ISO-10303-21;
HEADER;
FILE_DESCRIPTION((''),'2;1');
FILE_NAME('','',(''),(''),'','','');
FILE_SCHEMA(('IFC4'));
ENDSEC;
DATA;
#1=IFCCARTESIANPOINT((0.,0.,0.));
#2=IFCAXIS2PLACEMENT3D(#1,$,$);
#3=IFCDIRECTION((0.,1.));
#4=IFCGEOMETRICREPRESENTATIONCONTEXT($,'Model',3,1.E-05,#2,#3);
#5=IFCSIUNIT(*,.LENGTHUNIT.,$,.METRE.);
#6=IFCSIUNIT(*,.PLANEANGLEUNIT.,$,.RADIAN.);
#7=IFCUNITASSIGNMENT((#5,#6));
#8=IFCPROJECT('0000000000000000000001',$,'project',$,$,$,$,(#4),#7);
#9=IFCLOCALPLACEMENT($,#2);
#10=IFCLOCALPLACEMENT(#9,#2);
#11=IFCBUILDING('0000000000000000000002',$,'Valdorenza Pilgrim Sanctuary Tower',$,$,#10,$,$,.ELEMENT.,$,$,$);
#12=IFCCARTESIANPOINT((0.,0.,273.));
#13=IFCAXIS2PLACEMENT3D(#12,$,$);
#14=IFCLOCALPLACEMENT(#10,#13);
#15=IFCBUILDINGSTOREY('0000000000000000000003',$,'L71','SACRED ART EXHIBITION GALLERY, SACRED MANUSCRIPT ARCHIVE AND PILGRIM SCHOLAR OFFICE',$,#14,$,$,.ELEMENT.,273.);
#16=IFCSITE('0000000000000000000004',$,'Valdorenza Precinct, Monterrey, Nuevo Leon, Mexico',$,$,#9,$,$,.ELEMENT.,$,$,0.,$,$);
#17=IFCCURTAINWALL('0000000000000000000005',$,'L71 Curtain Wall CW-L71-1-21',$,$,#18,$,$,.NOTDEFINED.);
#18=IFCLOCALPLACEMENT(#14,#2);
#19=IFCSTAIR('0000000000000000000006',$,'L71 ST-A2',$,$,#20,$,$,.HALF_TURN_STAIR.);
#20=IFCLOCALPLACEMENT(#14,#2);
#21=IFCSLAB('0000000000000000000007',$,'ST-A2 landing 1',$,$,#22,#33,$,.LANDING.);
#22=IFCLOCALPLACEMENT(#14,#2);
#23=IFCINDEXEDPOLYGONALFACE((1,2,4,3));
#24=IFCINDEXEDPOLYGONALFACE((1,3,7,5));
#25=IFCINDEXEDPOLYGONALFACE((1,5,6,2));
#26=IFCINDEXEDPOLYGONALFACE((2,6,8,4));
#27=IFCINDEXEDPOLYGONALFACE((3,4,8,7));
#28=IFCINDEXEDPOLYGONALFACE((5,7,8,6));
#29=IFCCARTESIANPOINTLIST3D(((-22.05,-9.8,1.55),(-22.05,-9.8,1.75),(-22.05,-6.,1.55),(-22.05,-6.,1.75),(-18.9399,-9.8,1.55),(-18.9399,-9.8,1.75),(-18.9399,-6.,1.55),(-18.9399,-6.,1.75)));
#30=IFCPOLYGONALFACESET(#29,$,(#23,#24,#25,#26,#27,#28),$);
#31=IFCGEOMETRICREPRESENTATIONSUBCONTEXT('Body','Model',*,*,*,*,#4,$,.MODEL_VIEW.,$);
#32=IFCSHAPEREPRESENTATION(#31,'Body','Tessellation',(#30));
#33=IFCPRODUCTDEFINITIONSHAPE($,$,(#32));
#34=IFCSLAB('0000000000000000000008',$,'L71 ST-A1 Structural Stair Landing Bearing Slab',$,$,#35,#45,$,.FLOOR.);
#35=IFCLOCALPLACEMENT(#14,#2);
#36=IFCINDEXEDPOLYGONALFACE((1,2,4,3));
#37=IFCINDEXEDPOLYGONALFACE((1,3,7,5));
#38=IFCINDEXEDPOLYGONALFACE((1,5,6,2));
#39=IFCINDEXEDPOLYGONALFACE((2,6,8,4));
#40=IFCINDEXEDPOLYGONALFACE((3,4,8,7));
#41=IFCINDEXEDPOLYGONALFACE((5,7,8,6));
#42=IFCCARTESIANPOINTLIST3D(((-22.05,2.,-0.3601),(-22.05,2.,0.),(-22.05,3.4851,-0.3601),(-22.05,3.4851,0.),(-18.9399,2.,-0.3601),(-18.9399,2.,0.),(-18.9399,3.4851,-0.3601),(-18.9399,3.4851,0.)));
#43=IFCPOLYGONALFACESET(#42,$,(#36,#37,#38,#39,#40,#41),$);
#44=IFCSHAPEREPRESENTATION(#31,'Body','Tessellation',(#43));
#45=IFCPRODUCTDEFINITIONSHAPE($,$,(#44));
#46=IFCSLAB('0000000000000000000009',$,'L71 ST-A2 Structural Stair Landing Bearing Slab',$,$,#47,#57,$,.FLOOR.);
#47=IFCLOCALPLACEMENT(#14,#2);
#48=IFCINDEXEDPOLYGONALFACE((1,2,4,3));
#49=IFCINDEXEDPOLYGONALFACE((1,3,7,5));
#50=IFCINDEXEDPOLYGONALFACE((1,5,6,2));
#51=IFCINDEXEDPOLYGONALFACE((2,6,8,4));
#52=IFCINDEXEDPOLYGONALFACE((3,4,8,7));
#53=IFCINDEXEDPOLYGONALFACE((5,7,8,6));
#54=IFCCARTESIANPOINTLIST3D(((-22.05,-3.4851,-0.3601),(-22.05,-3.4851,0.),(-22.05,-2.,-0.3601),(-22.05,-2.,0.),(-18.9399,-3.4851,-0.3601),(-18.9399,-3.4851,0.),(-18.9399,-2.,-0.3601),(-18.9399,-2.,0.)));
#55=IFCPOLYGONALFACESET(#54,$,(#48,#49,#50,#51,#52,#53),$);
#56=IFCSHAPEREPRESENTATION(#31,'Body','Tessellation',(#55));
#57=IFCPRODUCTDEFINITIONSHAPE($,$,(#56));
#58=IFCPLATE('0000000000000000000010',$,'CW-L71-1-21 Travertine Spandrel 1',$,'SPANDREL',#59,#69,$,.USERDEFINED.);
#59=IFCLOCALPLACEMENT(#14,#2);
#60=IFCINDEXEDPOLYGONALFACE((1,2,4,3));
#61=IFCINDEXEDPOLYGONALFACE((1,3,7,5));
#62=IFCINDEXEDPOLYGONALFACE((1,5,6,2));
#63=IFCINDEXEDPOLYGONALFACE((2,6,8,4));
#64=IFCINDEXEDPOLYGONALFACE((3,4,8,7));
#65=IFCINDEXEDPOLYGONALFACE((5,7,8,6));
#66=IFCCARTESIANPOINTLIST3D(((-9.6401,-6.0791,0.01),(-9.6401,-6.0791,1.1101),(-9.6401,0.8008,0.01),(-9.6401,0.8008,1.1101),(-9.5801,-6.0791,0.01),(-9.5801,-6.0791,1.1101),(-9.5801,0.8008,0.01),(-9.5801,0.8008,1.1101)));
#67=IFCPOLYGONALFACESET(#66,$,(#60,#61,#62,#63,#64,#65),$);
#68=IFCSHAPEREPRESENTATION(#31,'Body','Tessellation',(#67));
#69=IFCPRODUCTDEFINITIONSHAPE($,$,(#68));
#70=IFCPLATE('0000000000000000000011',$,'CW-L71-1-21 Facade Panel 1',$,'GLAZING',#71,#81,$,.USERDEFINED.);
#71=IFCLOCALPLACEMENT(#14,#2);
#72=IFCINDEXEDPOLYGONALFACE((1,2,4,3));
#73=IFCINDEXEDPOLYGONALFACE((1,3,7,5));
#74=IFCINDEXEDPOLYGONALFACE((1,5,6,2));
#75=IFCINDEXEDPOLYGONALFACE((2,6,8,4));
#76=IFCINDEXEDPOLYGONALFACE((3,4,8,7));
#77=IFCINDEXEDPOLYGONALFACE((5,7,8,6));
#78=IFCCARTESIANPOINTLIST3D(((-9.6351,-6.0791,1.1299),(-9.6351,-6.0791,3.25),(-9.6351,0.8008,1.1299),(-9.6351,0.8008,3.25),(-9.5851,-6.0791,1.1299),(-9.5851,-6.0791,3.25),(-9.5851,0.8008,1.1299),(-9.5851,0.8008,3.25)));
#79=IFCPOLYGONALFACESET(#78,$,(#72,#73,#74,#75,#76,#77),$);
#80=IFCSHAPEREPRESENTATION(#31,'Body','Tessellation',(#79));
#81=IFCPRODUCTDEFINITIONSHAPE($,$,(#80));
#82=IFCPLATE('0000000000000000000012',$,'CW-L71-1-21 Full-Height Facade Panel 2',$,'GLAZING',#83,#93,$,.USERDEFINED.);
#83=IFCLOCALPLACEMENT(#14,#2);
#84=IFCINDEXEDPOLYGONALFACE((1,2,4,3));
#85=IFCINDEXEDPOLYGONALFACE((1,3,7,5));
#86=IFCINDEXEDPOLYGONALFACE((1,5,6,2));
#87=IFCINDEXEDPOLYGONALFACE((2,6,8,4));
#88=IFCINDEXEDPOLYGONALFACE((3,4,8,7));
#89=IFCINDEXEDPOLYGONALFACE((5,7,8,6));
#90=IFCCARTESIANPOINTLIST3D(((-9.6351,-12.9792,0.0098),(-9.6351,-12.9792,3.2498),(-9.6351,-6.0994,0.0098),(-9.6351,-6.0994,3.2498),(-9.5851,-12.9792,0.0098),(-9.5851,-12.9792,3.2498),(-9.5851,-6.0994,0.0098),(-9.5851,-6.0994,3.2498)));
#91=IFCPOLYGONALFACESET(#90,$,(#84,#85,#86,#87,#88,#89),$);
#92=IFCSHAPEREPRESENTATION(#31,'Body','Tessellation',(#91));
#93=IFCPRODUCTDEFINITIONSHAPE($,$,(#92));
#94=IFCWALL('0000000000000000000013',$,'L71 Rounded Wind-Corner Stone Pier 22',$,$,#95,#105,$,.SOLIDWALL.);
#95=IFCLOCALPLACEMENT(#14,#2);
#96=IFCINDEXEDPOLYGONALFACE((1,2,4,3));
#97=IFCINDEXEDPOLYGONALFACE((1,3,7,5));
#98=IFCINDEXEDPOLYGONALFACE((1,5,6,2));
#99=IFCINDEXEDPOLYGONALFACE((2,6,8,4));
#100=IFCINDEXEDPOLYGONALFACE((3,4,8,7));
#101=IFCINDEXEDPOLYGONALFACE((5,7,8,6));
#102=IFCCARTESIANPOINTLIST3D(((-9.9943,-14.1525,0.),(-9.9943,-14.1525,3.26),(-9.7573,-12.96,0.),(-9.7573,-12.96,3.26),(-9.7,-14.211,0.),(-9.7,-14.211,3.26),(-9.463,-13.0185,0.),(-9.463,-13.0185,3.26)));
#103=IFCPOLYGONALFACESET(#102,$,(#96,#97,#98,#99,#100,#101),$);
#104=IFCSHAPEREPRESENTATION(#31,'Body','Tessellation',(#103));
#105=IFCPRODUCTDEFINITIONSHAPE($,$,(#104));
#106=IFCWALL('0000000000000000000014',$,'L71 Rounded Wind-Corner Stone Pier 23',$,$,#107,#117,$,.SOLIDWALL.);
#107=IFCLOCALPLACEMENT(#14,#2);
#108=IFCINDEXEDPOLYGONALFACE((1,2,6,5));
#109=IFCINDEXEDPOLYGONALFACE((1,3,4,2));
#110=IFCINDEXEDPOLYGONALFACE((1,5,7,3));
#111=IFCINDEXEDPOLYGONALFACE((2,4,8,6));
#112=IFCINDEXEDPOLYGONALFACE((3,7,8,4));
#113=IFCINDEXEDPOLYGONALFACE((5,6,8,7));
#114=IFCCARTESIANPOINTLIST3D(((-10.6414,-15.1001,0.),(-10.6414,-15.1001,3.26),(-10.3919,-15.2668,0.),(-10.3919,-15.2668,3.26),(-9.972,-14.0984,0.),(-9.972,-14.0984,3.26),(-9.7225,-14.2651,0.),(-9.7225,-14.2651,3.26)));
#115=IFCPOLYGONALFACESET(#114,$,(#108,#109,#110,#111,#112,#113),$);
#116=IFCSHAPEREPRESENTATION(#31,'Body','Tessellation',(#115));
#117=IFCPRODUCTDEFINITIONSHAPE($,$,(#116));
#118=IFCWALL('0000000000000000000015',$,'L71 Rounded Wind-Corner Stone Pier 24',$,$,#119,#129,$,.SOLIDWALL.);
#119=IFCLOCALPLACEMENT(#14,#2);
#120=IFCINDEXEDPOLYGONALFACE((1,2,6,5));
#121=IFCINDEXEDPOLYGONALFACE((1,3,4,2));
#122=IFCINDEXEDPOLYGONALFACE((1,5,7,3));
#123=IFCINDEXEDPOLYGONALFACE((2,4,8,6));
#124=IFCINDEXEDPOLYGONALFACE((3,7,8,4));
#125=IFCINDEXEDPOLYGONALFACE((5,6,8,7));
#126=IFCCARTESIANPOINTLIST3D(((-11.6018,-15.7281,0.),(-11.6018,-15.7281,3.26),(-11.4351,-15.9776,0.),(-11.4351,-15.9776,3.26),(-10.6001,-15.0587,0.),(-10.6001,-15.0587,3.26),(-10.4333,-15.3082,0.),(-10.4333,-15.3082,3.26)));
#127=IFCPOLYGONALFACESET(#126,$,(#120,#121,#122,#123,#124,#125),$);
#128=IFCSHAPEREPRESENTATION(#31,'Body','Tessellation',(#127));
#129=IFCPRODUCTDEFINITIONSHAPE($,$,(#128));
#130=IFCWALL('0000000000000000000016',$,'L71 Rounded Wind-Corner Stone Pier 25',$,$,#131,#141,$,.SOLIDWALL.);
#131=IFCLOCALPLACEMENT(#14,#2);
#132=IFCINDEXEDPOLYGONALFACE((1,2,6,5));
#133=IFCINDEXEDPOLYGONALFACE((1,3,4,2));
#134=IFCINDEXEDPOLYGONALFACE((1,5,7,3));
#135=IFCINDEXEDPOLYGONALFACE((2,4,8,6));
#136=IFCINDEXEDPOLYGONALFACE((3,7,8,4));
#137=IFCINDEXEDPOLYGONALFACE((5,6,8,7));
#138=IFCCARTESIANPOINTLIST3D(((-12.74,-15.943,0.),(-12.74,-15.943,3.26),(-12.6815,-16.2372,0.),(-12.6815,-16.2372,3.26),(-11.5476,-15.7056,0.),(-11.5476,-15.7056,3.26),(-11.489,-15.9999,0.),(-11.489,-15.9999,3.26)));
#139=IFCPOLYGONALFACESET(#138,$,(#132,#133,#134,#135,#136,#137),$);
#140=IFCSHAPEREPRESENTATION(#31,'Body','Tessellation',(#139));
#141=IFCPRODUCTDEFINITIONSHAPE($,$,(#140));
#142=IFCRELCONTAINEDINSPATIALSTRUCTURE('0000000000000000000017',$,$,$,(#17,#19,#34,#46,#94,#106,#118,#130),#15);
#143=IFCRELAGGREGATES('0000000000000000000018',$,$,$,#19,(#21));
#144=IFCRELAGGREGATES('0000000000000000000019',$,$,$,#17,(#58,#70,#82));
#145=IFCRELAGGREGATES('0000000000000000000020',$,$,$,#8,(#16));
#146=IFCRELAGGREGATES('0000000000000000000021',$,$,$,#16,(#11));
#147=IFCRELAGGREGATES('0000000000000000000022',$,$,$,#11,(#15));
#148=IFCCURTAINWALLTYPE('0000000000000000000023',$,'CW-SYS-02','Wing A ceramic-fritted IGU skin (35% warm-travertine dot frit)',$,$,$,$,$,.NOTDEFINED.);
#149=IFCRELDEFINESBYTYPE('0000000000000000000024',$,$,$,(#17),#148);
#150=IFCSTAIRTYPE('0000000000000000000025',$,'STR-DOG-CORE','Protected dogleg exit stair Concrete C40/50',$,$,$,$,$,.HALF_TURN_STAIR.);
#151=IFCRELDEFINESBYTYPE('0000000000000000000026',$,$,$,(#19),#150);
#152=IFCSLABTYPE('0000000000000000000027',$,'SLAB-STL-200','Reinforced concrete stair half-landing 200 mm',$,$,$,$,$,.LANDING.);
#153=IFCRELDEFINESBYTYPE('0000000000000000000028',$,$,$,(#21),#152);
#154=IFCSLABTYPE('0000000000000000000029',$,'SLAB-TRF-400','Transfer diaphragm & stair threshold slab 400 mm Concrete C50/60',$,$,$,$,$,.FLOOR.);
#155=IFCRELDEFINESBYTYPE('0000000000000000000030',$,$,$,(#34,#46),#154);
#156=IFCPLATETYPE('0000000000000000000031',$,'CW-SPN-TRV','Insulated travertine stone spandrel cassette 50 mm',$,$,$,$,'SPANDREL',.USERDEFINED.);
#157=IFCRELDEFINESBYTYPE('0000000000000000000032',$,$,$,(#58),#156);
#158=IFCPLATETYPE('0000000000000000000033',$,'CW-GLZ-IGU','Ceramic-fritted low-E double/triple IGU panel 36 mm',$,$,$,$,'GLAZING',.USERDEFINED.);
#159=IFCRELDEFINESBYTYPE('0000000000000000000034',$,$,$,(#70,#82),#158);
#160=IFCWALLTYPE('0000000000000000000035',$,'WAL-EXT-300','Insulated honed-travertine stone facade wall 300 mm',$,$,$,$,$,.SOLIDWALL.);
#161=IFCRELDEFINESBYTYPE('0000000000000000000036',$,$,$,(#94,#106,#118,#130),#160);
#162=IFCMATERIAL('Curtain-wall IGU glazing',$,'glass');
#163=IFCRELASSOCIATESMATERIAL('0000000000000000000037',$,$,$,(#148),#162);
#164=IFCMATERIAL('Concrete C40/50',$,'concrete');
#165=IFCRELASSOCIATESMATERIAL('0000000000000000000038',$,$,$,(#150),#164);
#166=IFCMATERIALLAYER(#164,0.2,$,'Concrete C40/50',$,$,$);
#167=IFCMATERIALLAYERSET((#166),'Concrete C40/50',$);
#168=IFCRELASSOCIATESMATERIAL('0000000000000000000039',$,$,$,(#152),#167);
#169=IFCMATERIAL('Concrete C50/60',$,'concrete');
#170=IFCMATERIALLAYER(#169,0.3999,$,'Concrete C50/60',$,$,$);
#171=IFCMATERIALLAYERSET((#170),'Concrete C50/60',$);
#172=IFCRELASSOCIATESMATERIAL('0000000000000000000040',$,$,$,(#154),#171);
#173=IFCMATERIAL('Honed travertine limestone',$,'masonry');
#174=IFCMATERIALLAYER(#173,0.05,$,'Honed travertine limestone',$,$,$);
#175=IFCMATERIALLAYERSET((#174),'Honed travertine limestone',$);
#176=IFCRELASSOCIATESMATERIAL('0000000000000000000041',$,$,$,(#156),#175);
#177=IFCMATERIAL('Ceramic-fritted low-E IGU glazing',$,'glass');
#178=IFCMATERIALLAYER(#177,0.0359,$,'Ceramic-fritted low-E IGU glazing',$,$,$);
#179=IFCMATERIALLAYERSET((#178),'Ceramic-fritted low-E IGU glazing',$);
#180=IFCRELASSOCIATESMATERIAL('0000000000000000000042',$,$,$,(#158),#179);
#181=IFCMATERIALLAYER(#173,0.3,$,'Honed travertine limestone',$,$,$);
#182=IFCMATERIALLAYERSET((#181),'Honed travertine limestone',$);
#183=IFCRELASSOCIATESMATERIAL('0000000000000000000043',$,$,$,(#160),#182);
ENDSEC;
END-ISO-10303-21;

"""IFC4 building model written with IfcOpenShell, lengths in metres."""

from ifc_helpers import new_model, si_unit, direction, frame, frame_2d, origin, origin_2d, place, context, subcontext, project, spatial, polyline, rectangle, outline, extrude, source, transform, mapped, material, layer, layer_set, type_object, element, aggregate, save


model = new_model("IFC4")

# Units and contexts
model_context = context("Model", 3, precision=1e-05, world=origin(), true_north=direction((0.0, 1.0)))
body_context = subcontext(model_context, "Body", "Model", "MODEL_VIEW")
ifc_project = project(units=[si_unit("LENGTHUNIT", "METRE"), si_unit("PLANEANGLEUNIT", "RADIAN")], contexts=[model_context])

# Site, building, storey
site_placement = place(None, origin())
site = spatial("IfcSite", under=ifc_project, at=site_placement, Name="Valdorenza Precinct, Monterrey, Nuevo Leon, Mexico", CompositionType="ELEMENT", RefElevation=0.0)
building_placement = place(site_placement, origin())
building = spatial("IfcBuilding", under=site, at=building_placement, Name="Valdorenza Pilgrim Sanctuary Tower", CompositionType="ELEMENT")
storey_placement = place(building_placement, frame((0.0, 0.0, 273.0)))
storey = spatial("IfcBuildingStorey", under=building, at=storey_placement, Name="L71", Description="SACRED ART EXHIBITION GALLERY, SACRED MANUSCRIPT ARCHIVE AND PILGRIM SCHOLAR OFFICE", CompositionType="ELEMENT", Elevation=273.0)

# Shared definitions
ifc_material_1 = material(Name="Concrete C50/60", Category="concrete")

# Curtain wall
ifc_material_2 = material(Name="Curtain-wall IGU glazing", Category="glass")
curtain_wall_type = type_object("IfcCurtainWallType", Name="CW-SYS-02", Description="Wing A ceramic-fritted IGU skin (35% warm-travertine dot frit)", PredefinedType="NOTDEFINED", material=ifc_material_2)
curtain_wall_placement = place(storey_placement, origin())
curtain_wall = element("IfcCurtainWall", 1, at=curtain_wall_placement, inside=storey, type_object=curtain_wall_type, Name="L71 Curtain Wall CW-L71-1-21", PredefinedType="NOTDEFINED")

# Shared definitions
ifc_material_3 = material(Name="Concrete C40/50", Category="concrete")

# Stair, slab
stair_type = type_object("IfcStairType", Name="STR-DOG-CORE", Description="Protected dogleg exit stair Concrete C40/50", PredefinedType="HALF_TURN_STAIR", material=ifc_material_3)
ifc_layer_1 = layer(ifc_material_3, 0.2, Name="Concrete C40/50")
ifc_layer_set_1 = layer_set([ifc_layer_1], Name="Concrete C40/50")
slab_type_1 = type_object("IfcSlabType", Name="SLAB-STL-200", Description="Reinforced concrete stair half-landing 200 mm", PredefinedType="LANDING", material=ifc_layer_set_1)
stair_1_placement = place(storey_placement, origin())
stair_1 = element("IfcStair", 2, at=stair_1_placement, inside=storey, type_object=stair_type, Name="L71 ST-A2", PredefinedType="HALF_TURN_STAIR")
slab_1_placement = place(storey_placement, frame((0.0, 0.0, 1.55)))
slab_1 = element("IfcSlab", 3, at=slab_1_placement, type_object=slab_type_1, Name="ST-A2 landing 1", PredefinedType="LANDING", context=body_context, shape_type="SweptSolid", body=[
    extrude(outline(polyline([(-22.05, -6.0), (-22.05, -9.8), (-18.9399, -9.8), (-18.9399, -6.0), (-22.05, -6.0)])), origin(), (0.0, 0.0, 1.0), 0.2),
])
aggregate(stair_1, [slab_1])

# Slabs
ifc_layer_2 = layer(ifc_material_1, 0.3999, Name="Concrete C50/60")
ifc_layer_set_2 = layer_set([ifc_layer_2], Name="Concrete C50/60")
slab_type_2 = type_object("IfcSlabType", Name="SLAB-TRF-400", Description="Transfer diaphragm & stair threshold slab 400 mm Concrete C50/60", PredefinedType="FLOOR", material=ifc_layer_set_2)
slab_2_placement = place(storey_placement, frame((0.0, 0.0, -0.3601)))
element("IfcSlab", 4, at=slab_2_placement, inside=storey, type_object=slab_type_2, Name="L71 ST-A1 Structural Stair Landing Bearing Slab", PredefinedType="FLOOR", context=body_context, shape_type="SweptSolid", body=[
    extrude(outline(polyline([(-22.05, 2.0), (-18.9399, 2.0), (-18.9399, 3.4851), (-22.05, 3.4851), (-22.05, 2.0)])), origin(), (0.0, 0.0, 1.0), 0.3601),
])
slab_3_placement = place(storey_placement, frame((0.0, 0.0, -0.3601)))
element("IfcSlab", 5, at=slab_3_placement, inside=storey, type_object=slab_type_2, Name="L71 ST-A2 Structural Stair Landing Bearing Slab", PredefinedType="FLOOR", context=body_context, shape_type="SweptSolid", body=[
    extrude(outline(polyline([(-22.05, -3.4851), (-18.9399, -3.4851), (-18.9399, -2.0), (-22.05, -2.0), (-22.05, -3.4851)])), origin(), (0.0, 0.0, 1.0), 0.3601),
])

# Plates
ifc_material_4 = material(Name="Honed travertine limestone", Category="masonry")
ifc_layer_3 = layer(ifc_material_4, 0.05, Name="Honed travertine limestone")
ifc_layer_set_3 = layer_set([ifc_layer_3], Name="Honed travertine limestone")
plate_type_1 = type_object("IfcPlateType", Name="CW-SPN-TRV", Description="Insulated travertine stone spandrel cassette 50 mm", ElementType="SPANDREL", PredefinedType="USERDEFINED", material=ifc_layer_set_3)
shared_shape_1 = source(origin(), body_context, "Body", "SweptSolid", [
    extrude(rectangle(XDim=6.8799, YDim=0.0601, at=origin_2d()), origin(), (0.0, 0.0, 1.0), 1.1001),
])
plate_1_placement = place(storey_placement, frame((-9.6101, -2.6392, 0.01), z_axis=(0.0, 0.0, 1.0), x_axis=(0.0, -1.0, 0.0)))
plate_1 = element("IfcPlate", 6, at=plate_1_placement, type_object=plate_type_1, Name="CW-L71-1-21 Travertine Spandrel 1", ObjectType="SPANDREL", PredefinedType="USERDEFINED", context=body_context, shape_type="MappedRepresentation", body=[
    mapped(shared_shape_1, transform((0.0, 0.0, 0.0), x_axis=(1.0, 0.0, 0.0), y_axis=(0.0, 1.0, 0.0), z_axis=(0.0, 0.0, 1.0), scale=1.0)),
])
ifc_material_5 = material(Name="Ceramic-fritted low-E IGU glazing", Category="glass")
ifc_layer_4 = layer(ifc_material_5, 0.0359, Name="Ceramic-fritted low-E IGU glazing")
ifc_layer_set_4 = layer_set([ifc_layer_4], Name="Ceramic-fritted low-E IGU glazing")
plate_type_2 = type_object("IfcPlateType", Name="CW-GLZ-IGU", Description="Ceramic-fritted low-E double/triple IGU panel 36 mm", ElementType="GLAZING", PredefinedType="USERDEFINED", material=ifc_layer_set_4)
shared_shape_2 = source(origin(), body_context, "Body", "SweptSolid", [
    extrude(rectangle(XDim=6.8799, YDim=0.05, at=origin_2d()), origin(), (0.0, 0.0, 1.0), 2.1201),
])
plate_2_placement = place(storey_placement, frame((-9.6101, -2.6392, 1.1299), z_axis=(0.0, 0.0, 1.0), x_axis=(0.0, -1.0, 0.0)))
plate_2 = element("IfcPlate", 7, at=plate_2_placement, type_object=plate_type_2, Name="CW-L71-1-21 Facade Panel 1", ObjectType="GLAZING", PredefinedType="USERDEFINED", context=body_context, shape_type="MappedRepresentation", body=[
    mapped(shared_shape_2, transform((0.0, 0.0, 0.0), x_axis=(1.0, 0.0, 0.0), y_axis=(0.0, 1.0, 0.0), z_axis=(0.0, 0.0, 1.0), scale=1.0)),
])
shared_shape_3 = source(origin(), body_context, "Body", "SweptSolid", [
    extrude(rectangle(XDim=6.8799, YDim=0.05, at=origin_2d()), origin(), (0.0, 0.0, 1.0), 3.24),
])
plate_3_placement = place(storey_placement, frame((-9.6101, -9.5393, 0.0098), z_axis=(0.0, 0.0, 1.0), x_axis=(0.0, -1.0, 0.0)))
plate_3 = element("IfcPlate", 8, at=plate_3_placement, type_object=plate_type_2, Name="CW-L71-1-21 Full-Height Facade Panel 2", ObjectType="GLAZING", PredefinedType="USERDEFINED", context=body_context, shape_type="MappedRepresentation", body=[
    mapped(shared_shape_3, transform((0.0, 0.0, 0.0), x_axis=(1.0, 0.0, 0.0), y_axis=(0.0, 1.0, 0.0), z_axis=(0.0, 0.0, 1.0), scale=1.0)),
])
aggregate(curtain_wall, [plate_1, plate_2, plate_3])

# Walls
ifc_layer_5 = layer(ifc_material_4, 0.3, Name="Honed travertine limestone")
ifc_layer_set_5 = layer_set([ifc_layer_5], Name="Honed travertine limestone")
wall_type = type_object("IfcWallType", Name="WAL-EXT-300", Description="Insulated honed-travertine stone facade wall 300 mm", PredefinedType="SOLIDWALL", material=ifc_layer_set_5)
wall_1_placement = place(storey_placement, frame((-9.6101, -12.9893, 0.0), z_axis=(0.0, 0.0, 1.0), x_axis=(-0.194996, -0.980804, 0.0)))
element("IfcWall", 9, at=wall_1_placement, inside=storey, type_object=wall_type, Name="L71 Rounded Wind-Corner Stone Pier 22", PredefinedType="SOLIDWALL", context=body_context, shape_type="SweptSolid", body=[
    extrude(rectangle(XDim=1.2158, YDim=0.3, at=frame_2d((0.6079, 0.0))), origin(), (0.0, 0.0, 1.0), 3.26),
])
for number, where, z_axis, x_axis, name in (
    (10, (-9.8472, -14.1816, 0.0), (0.0, 0.0, 1.0), (-0.555635, -0.831426, 0.0), "L71 Rounded Wind-Corner Stone Pier 23"),
    (11, (-10.5166, -15.1833, 0.0), (0.0, 0.0, 1.0), (-0.831426, -0.555635, 0.0), "L71 Rounded Wind-Corner Stone Pier 24"),
):
    element("IfcWall", number, at=place(storey_placement, frame(where, z_axis=z_axis, x_axis=x_axis)), inside=storey, type_object=wall_type, Name=name, PredefinedType="SOLIDWALL", context=body_context, shape_type="SweptSolid", body=[
        extrude(rectangle(XDim=1.2048, YDim=0.3, at=frame_2d((0.6025, 0.0))), origin(), (0.0, 0.0, 1.0), 3.26),
    ])
wall_2_placement = place(storey_placement, frame((-11.5183, -15.8528, 0.0), z_axis=(0.0, 0.0, 1.0), x_axis=(-0.980766, -0.195189, 0.0)))
element("IfcWall", 12, at=wall_2_placement, inside=storey, type_object=wall_type, Name="L71 Rounded Wind-Corner Stone Pier 25", PredefinedType="SOLIDWALL", context=body_context, shape_type="SweptSolid", body=[
    extrude(rectangle(XDim=1.2158, YDim=0.3, at=frame_2d((0.6079, 0.0))), origin(), (0.0, 0.0, 1.0), 3.26),
])

save(model, "model.ifc")
